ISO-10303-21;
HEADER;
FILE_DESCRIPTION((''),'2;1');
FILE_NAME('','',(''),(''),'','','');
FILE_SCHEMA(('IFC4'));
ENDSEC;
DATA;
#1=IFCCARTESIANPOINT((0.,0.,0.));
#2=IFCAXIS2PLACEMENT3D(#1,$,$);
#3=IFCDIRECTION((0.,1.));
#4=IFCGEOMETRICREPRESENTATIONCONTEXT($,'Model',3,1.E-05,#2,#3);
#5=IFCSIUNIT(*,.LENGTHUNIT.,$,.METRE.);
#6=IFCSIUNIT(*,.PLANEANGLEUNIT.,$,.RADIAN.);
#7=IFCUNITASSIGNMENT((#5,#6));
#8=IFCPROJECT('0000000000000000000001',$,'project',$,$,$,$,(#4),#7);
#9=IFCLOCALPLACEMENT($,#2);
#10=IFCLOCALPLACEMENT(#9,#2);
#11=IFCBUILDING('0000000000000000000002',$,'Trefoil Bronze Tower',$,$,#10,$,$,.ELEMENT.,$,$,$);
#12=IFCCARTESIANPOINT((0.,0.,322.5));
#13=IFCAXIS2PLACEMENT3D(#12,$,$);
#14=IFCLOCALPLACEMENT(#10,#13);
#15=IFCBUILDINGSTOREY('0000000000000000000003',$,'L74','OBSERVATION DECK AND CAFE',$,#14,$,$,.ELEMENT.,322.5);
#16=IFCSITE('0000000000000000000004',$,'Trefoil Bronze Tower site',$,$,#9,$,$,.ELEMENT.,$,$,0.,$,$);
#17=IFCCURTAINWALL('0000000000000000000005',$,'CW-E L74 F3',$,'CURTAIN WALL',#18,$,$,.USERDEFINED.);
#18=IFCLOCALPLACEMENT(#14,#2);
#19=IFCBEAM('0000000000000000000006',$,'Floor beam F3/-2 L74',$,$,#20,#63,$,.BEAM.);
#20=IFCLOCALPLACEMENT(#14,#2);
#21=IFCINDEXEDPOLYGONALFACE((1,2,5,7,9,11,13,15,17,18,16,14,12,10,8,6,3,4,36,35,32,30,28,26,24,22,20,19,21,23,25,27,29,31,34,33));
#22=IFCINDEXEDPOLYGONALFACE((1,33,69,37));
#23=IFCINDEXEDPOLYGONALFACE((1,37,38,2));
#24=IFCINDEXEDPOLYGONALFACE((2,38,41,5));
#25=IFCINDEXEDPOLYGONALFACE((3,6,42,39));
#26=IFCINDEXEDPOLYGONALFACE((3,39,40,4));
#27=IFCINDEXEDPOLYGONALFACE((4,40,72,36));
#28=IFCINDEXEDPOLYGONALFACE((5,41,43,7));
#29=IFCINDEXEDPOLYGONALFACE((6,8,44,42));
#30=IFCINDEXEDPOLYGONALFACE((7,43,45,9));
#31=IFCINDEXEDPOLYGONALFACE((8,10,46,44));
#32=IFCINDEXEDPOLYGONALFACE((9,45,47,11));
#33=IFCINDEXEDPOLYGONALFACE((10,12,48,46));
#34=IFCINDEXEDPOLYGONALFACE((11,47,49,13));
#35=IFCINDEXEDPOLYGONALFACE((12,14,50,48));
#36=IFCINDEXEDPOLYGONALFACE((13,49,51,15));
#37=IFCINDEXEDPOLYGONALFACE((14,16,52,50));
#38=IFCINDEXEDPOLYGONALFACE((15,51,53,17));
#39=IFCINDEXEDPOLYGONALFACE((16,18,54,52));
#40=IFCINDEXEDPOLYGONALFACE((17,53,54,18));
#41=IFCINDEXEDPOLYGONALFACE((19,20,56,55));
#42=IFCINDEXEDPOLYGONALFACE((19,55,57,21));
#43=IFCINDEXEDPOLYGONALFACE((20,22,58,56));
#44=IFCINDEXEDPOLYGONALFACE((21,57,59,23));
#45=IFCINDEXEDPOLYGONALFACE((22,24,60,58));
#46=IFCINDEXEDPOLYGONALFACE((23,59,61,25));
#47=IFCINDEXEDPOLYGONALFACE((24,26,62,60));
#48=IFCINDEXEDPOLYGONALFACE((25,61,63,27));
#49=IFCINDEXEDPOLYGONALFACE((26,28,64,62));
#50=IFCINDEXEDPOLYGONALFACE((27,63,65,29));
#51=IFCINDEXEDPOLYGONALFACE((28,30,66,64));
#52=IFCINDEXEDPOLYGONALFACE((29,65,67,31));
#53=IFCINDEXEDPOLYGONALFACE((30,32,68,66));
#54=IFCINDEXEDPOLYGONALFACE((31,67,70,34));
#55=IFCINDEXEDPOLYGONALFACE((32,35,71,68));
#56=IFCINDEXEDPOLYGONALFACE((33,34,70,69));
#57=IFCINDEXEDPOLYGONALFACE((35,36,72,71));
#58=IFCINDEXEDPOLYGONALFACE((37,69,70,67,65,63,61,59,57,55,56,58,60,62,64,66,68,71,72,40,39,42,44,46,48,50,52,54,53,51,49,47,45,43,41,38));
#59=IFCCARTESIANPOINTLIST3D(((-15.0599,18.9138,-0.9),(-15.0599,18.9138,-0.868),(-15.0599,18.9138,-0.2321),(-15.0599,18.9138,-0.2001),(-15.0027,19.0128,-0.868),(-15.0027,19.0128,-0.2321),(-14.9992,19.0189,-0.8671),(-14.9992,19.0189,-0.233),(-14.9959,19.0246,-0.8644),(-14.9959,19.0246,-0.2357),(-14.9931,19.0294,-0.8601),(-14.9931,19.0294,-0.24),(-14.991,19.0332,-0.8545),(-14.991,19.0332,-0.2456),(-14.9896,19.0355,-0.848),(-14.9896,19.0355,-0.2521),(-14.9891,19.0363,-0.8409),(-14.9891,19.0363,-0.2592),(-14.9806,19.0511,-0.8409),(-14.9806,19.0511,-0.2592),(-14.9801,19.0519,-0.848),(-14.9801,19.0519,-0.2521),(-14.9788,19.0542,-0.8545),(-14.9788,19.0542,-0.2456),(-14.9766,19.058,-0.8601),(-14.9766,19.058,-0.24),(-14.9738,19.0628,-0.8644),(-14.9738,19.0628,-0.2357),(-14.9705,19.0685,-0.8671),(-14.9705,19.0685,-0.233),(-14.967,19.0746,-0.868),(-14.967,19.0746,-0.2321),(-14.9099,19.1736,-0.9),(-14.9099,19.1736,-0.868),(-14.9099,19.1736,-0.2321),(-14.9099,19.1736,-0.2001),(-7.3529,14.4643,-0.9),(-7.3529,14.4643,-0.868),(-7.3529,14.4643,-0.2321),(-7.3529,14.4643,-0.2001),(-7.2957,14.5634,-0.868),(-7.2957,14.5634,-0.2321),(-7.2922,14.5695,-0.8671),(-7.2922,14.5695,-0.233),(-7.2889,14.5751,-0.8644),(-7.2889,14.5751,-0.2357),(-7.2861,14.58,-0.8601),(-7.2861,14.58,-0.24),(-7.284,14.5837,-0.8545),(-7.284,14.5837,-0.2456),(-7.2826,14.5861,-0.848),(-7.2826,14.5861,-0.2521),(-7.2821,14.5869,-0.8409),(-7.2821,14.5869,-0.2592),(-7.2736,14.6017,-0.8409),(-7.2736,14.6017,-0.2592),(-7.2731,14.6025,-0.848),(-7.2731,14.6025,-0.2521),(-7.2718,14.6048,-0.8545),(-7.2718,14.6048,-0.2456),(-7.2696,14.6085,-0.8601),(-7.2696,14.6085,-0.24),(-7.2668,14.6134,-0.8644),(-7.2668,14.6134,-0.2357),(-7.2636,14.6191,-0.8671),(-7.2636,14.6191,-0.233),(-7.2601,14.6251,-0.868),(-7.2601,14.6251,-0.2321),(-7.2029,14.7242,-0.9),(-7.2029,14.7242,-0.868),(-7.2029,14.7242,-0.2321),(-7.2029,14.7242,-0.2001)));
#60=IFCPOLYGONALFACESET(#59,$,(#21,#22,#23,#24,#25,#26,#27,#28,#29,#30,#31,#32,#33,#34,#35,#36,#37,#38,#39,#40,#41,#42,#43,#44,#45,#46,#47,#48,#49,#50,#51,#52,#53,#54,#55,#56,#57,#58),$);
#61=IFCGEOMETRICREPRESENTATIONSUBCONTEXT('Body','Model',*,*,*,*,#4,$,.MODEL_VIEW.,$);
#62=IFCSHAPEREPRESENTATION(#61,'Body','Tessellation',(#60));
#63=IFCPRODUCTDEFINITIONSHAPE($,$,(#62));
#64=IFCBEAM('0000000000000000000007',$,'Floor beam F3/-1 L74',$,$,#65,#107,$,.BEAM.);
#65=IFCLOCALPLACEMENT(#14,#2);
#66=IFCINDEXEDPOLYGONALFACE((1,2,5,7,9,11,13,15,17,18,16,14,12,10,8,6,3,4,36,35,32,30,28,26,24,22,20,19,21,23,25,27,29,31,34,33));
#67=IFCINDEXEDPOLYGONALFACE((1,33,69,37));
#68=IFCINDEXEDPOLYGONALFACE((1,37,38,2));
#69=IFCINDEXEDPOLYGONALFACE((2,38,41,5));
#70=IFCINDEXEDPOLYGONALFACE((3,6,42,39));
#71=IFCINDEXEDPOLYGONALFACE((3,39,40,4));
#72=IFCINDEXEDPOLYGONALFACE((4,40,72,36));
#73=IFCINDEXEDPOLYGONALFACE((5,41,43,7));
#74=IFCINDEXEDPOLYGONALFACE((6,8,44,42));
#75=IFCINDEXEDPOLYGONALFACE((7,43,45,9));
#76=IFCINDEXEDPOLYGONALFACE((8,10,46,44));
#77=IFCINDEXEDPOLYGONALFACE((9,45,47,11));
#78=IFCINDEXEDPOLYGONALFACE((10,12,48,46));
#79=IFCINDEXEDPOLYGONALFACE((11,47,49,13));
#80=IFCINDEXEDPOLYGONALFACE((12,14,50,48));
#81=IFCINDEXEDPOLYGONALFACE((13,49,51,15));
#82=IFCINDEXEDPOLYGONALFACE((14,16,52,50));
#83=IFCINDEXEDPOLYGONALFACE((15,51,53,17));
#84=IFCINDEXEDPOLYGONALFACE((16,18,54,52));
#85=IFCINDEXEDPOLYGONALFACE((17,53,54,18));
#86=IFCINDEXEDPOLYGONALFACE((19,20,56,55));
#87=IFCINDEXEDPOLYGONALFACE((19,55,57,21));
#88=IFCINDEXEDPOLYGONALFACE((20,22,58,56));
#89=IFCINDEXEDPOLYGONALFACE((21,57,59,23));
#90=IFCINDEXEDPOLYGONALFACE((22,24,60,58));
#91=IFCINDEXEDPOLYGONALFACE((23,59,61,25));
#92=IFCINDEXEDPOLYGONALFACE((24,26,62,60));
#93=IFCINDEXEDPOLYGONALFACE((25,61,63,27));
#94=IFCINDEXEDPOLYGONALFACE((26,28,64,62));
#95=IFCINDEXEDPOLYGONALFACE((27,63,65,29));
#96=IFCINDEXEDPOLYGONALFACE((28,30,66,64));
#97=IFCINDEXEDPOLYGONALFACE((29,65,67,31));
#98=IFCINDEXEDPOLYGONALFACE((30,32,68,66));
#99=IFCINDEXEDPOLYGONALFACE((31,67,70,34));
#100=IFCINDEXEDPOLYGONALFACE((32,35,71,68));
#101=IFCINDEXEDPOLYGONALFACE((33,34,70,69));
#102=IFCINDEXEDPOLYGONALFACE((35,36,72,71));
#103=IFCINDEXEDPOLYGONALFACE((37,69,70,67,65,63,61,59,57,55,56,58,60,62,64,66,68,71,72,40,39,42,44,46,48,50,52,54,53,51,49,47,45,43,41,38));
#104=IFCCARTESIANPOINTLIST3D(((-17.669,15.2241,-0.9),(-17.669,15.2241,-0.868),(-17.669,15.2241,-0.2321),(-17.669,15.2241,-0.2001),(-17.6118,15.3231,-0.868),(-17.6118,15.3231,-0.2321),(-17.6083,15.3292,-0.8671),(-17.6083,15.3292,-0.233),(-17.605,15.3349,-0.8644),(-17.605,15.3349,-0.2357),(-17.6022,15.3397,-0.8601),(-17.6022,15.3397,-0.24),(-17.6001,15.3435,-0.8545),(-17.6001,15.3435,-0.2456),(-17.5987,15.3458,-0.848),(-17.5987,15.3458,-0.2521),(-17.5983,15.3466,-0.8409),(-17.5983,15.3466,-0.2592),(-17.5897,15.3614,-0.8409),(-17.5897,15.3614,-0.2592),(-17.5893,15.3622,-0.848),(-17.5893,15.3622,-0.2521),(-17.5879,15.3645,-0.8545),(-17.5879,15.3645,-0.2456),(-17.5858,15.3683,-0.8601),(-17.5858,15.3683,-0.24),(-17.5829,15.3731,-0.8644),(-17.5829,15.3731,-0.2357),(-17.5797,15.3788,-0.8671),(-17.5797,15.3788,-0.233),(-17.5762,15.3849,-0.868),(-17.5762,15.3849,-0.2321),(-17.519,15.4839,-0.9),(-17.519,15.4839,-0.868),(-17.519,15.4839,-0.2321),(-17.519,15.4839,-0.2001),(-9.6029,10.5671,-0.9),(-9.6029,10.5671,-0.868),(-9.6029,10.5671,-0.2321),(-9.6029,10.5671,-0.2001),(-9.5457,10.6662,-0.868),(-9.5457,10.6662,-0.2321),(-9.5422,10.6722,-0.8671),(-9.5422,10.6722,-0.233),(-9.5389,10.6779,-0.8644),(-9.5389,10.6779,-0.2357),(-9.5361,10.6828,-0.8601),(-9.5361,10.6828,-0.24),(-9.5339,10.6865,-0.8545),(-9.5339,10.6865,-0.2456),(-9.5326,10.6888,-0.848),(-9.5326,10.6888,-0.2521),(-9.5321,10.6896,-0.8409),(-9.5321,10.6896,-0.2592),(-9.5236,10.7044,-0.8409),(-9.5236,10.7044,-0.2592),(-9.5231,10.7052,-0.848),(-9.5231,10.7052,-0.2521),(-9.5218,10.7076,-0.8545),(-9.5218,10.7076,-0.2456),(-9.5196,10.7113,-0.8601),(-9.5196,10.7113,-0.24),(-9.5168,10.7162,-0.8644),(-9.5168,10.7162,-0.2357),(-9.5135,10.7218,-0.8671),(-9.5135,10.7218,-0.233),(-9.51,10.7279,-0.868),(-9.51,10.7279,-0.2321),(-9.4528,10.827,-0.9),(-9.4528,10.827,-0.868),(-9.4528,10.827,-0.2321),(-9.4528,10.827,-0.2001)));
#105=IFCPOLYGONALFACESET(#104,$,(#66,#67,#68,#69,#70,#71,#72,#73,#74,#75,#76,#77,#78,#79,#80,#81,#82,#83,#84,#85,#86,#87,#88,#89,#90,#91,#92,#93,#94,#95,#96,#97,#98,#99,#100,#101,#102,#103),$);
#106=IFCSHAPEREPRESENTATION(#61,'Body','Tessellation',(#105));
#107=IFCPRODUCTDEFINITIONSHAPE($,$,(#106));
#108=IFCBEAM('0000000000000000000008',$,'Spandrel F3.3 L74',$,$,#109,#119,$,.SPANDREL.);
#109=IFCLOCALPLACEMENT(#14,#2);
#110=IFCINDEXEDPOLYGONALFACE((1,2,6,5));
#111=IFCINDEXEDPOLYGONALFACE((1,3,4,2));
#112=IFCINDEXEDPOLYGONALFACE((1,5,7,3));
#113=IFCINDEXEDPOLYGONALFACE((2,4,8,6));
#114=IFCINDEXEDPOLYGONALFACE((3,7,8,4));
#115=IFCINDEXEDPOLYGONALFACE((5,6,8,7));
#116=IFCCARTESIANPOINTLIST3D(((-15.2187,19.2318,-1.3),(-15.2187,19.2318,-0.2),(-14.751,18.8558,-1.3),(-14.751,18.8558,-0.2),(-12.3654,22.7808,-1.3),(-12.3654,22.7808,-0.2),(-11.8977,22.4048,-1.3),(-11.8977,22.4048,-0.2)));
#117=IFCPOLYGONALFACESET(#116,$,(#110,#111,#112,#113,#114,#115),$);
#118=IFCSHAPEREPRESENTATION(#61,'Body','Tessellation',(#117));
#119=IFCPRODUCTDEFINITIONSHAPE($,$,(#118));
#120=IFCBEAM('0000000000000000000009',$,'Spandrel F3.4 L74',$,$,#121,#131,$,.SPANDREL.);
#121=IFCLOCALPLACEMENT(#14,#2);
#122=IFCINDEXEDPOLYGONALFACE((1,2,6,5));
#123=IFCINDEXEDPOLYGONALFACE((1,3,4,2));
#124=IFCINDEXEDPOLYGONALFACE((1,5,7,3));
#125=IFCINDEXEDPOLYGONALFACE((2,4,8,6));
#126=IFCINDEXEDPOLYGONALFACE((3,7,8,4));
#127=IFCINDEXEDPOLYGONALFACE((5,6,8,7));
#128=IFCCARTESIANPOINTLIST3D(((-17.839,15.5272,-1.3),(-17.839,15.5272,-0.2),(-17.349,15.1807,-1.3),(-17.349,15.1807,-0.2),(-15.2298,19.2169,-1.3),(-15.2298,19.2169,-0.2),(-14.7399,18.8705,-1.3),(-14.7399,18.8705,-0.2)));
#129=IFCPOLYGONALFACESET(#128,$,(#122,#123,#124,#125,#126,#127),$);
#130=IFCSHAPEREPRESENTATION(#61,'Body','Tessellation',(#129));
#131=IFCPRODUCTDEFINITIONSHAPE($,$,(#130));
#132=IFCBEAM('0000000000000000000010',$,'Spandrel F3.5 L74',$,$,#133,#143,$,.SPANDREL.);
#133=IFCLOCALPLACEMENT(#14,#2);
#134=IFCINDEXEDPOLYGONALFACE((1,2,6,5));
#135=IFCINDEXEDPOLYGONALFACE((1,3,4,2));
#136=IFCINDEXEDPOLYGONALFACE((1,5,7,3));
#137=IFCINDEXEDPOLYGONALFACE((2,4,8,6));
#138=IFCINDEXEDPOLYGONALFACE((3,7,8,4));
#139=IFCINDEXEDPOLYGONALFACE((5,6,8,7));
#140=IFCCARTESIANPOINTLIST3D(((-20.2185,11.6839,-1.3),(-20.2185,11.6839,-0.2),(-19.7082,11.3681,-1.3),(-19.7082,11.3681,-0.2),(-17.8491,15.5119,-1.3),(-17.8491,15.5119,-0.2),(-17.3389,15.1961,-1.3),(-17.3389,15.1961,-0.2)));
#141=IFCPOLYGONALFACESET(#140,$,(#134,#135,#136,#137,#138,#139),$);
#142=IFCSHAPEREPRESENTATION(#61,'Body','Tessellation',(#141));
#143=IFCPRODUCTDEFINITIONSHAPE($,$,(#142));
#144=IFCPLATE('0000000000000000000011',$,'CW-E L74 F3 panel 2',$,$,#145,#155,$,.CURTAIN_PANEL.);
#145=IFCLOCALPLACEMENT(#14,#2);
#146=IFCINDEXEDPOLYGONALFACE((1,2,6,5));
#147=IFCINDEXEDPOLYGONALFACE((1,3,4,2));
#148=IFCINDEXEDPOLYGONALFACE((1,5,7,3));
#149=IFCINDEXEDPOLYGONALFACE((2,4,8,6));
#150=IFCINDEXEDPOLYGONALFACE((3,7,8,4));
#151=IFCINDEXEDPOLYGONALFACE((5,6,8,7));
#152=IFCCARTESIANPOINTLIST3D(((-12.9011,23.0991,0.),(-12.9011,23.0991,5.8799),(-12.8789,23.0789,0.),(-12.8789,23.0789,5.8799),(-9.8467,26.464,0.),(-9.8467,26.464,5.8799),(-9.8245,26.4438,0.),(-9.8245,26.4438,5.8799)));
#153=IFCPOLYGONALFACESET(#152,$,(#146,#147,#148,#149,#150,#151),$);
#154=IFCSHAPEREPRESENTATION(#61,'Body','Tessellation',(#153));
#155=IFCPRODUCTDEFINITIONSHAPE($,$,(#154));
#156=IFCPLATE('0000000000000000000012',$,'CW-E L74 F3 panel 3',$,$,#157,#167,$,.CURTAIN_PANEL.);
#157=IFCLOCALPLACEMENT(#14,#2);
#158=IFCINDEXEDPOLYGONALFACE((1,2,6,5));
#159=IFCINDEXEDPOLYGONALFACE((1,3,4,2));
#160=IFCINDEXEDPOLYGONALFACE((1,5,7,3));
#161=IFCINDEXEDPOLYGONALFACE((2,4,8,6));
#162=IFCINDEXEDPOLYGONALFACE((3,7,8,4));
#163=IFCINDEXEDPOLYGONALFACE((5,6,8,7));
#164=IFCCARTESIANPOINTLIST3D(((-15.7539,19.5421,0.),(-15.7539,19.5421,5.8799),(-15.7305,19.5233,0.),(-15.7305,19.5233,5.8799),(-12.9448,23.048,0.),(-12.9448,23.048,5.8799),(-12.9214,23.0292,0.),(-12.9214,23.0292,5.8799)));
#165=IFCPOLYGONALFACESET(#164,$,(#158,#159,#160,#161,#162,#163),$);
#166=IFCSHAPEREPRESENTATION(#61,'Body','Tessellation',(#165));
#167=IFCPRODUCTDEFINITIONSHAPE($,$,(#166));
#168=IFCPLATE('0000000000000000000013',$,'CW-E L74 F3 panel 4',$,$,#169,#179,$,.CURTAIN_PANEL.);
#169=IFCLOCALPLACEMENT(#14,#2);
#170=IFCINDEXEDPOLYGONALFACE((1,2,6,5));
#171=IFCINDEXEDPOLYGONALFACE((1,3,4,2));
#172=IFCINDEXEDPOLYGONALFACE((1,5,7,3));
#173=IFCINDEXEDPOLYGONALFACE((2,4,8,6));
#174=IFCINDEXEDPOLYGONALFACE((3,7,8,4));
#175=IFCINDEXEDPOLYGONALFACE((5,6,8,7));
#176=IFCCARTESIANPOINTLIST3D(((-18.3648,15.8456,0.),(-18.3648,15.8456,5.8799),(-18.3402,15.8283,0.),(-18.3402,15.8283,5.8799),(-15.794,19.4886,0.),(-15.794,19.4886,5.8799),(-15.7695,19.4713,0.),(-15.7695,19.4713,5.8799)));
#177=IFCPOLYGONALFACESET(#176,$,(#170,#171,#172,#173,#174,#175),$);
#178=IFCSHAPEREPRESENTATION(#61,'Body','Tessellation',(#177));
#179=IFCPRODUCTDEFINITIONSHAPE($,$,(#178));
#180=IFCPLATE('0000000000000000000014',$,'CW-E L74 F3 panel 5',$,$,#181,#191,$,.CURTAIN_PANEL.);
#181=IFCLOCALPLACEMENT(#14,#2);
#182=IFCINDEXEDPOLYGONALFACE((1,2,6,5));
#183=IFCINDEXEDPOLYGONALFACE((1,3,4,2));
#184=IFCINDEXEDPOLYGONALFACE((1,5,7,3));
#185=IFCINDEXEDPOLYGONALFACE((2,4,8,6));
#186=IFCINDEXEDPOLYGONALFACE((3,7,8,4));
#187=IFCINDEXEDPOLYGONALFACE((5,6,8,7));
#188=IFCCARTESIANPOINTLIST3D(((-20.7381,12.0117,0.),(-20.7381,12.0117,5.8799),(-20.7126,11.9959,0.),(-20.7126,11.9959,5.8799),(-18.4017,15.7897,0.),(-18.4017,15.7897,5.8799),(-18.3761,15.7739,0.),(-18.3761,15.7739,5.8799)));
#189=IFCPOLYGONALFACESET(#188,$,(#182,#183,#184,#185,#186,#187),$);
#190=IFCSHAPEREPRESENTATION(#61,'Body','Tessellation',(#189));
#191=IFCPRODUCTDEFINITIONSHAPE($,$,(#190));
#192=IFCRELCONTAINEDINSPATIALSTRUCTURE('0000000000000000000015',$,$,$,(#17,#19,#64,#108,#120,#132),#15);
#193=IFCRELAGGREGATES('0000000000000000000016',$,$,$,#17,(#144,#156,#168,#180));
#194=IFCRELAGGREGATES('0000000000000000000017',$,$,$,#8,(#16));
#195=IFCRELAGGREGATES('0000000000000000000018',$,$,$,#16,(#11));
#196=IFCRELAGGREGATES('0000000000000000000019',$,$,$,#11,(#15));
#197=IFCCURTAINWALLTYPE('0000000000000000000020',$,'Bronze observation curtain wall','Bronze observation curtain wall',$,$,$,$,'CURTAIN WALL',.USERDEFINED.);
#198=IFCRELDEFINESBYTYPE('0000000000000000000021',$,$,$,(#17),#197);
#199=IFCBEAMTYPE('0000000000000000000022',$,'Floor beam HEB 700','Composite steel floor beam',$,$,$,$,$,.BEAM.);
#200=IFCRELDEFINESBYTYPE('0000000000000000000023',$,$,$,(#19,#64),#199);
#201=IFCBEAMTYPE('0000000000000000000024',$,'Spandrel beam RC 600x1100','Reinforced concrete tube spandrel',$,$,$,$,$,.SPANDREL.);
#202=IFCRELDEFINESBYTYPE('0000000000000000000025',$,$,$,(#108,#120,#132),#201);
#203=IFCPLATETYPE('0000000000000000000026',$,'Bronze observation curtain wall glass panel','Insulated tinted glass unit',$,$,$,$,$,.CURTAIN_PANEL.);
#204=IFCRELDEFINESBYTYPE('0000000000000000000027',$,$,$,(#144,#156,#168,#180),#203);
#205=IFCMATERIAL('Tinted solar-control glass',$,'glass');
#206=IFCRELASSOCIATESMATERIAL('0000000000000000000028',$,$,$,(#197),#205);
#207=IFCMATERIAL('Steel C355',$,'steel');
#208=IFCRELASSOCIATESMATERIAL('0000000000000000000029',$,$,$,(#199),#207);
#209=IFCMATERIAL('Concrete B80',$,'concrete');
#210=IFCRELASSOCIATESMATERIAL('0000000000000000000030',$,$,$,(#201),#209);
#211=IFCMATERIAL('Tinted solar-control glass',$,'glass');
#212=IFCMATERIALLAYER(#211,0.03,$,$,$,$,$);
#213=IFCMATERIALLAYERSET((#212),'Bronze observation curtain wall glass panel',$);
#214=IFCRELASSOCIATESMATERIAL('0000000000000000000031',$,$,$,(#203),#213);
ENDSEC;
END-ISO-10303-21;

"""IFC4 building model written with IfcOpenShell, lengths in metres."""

from ifc_helpers import new_model, si_unit, direction, frame, origin, origin_2d, place, context, subcontext, project, spatial, rectangle, i_section, extrude, material, layer, layer_set, material_profile, profile_set, type_object, element, aggregate, save


model = new_model("IFC4")

# Units and contexts
model_context = context("Model", 3, precision=1e-05, world=origin(), true_north=direction((0.0, 1.0)))
body_context = subcontext(model_context, "Body", "Model", "MODEL_VIEW")
ifc_project = project(units=[si_unit("LENGTHUNIT", "METRE"), si_unit("PLANEANGLEUNIT", "RADIAN")], contexts=[model_context])

# Site, building, storey
site_placement = place(None, origin())
site = spatial("IfcSite", under=ifc_project, at=site_placement, Name="Trefoil Bronze Tower site", CompositionType="ELEMENT", RefElevation=0.0)
building_placement = place(site_placement, origin())
building = spatial("IfcBuilding", under=site, at=building_placement, Name="Trefoil Bronze Tower", CompositionType="ELEMENT")
storey_placement = place(building_placement, frame((0.0, 0.0, 322.5)))
storey = spatial("IfcBuildingStorey", under=building, at=storey_placement, Name="L74", Description="OBSERVATION DECK AND CAFE", CompositionType="ELEMENT", Elevation=322.5)

# Curtain wall
ifc_material_1 = material(Name="Tinted solar-control glass", Category="glass")
curtain_wall_type = type_object("IfcCurtainWallType", Name="Bronze observation curtain wall", Description="Bronze observation curtain wall", ElementType="CURTAIN WALL", PredefinedType="USERDEFINED", material=ifc_material_1)
curtain_wall_placement = place(storey_placement, origin())
curtain_wall = element("IfcCurtainWall", 1, at=curtain_wall_placement, inside=storey, type_object=curtain_wall_type, Name="CW-E L74 F3", ObjectType="CURTAIN WALL", PredefinedType="USERDEFINED")

# Beams
ifc_material_2 = material(Name="Steel C355", Category="steel")
ifc_material_profile_1 = material_profile(ifc_material_2, i_section(OverallWidth=0.3, OverallDepth=0.7, WebThickness=0.0171, FlangeThickness=0.032, FilletRadius=0.0271, at=origin_2d()), Name="HEB 700")
ifc_profile_set_1 = profile_set([ifc_material_profile_1], Name="Steel C355")
beam_type_1 = type_object("IfcBeamType", Name="Floor beam HEB 700", Description="Composite steel floor beam", PredefinedType="BEAM", material=ifc_profile_set_1)
beam_1_placement = place(storey_placement, frame((-14.9849, 19.0437, -0.55), z_axis=(0.866035, -0.499984, 0.0), x_axis=(0.499984, 0.866035, 0.0)))
element("IfcBeam", 2, at=beam_1_placement, inside=storey, type_object=beam_type_1, Name="Floor beam F3/-2 L74", PredefinedType="BEAM", context=body_context, shape_type="SweptSolid", body=[
    extrude(i_section(OverallWidth=0.3, OverallDepth=0.7, WebThickness=0.0171, FlangeThickness=0.032, FilletRadius=0.0271, at=origin_2d()), origin(), (0.0, 0.0, 1.0), 8.8992),
])
beam_2_placement = place(storey_placement, frame((-17.594, 15.354, -0.55), z_axis=(0.866026, -0.499999, 0.0), x_axis=(0.499999, 0.866026, 0.0)))
element("IfcBeam", 3, at=beam_2_placement, inside=storey, type_object=beam_type_1, Name="Floor beam F3/-1 L74", PredefinedType="BEAM", context=body_context, shape_type="SweptSolid", body=[
    extrude(i_section(OverallWidth=0.3, OverallDepth=0.7, WebThickness=0.0171, FlangeThickness=0.032, FilletRadius=0.0271, at=origin_2d()), origin(), (0.0, 0.0, 1.0), 9.314),
])
ifc_material_3 = material(Name="Concrete B80", Category="concrete")
ifc_material_profile_2 = material_profile(ifc_material_3, rectangle(XDim=0.6001, YDim=1.1001, at=origin_2d()), Name="RC 600x1100")
ifc_profile_set_2 = profile_set([ifc_material_profile_2], Name="Concrete B80")
beam_type_2 = type_object("IfcBeamType", Name="Spandrel beam RC 600x1100", Description="Reinforced concrete tube spandrel", PredefinedType="SPANDREL", material=ifc_profile_set_2)
beam_3_placement = place(storey_placement, frame((-12.1316, 22.5928, -0.75), z_axis=(-0.62657, -0.779365, 0.0), x_axis=(0.779365, -0.62657, 0.0)))
element("IfcBeam", 4, at=beam_3_placement, inside=storey, type_object=beam_type_2, Name="Spandrel F3.3 L74", PredefinedType="SPANDREL", context=body_context, shape_type="SweptSolid", body=[
    extrude(rectangle(XDim=0.6001, YDim=1.1001, at=origin_2d()), origin(), (0.0, 0.0, 1.0), 4.5537),
])
beam_4_placement = place(storey_placement, frame((-14.9849, 19.0437, -0.75), z_axis=(-0.577368, -0.816484, 0.0), x_axis=(0.816484, -0.577368, 0.0)))
element("IfcBeam", 5, at=beam_4_placement, inside=storey, type_object=beam_type_2, Name="Spandrel F3.4 L74", PredefinedType="SPANDREL", context=body_context, shape_type="SweptSolid", body=[
    extrude(rectangle(XDim=0.6001, YDim=1.1001, at=origin_2d()), origin(), (0.0, 0.0, 1.0), 4.519),
])
beam_5_placement = place(storey_placement, frame((-17.594, 15.354, -0.75), z_axis=(-0.526289, -0.850306, 0.0), x_axis=(0.850306, -0.526289, 0.0)))
element("IfcBeam", 6, at=beam_5_placement, inside=storey, type_object=beam_type_2, Name="Spandrel F3.5 L74", PredefinedType="SPANDREL", context=body_context, shape_type="SweptSolid", body=[
    extrude(rectangle(XDim=0.6001, YDim=1.1001, at=origin_2d()), origin(), (0.0, 0.0, 1.0), 4.502),
])

# Plates
ifc_material_4 = material(Name="Tinted solar-control glass", Category="glass")
ifc_layer_1 = layer(ifc_material_4, 0.03)
ifc_layer_set_1 = layer_set([ifc_layer_1], Name="Bronze observation curtain wall glass panel")
plate_type = type_object("IfcPlateType", Name="Bronze observation curtain wall glass panel", Description="Insulated tinted glass unit", PredefinedType="CURTAIN_PANEL", material=ifc_layer_set_1)
plate_1_placement = place(storey_placement, frame((-11.3628, 24.7715, 0.0), z_axis=(0.0, 0.0, 1.0), x_axis=(-0.672115, -0.740447, 0.0)))
plate_1 = element("IfcPlate", 7, at=plate_1_placement, type_object=plate_type, Name="CW-E L74 F3 panel 2", PredefinedType="CURTAIN_PANEL", context=body_context, shape_type="SweptSolid", body=[
    extrude(rectangle(XDim=4.5444, YDim=0.03, at=origin_2d()), origin(), (0.0, 0.0, 1.0), 5.8799),
])
plate_2_placement = place(storey_placement, frame((-14.3376, 21.2856, 0.0), z_axis=(0.0, 0.0, 1.0), x_axis=(-0.625287, -0.780395, 0.0)))
plate_2 = element("IfcPlate", 8, at=plate_2_placement, type_object=plate_type, Name="CW-E L74 F3 panel 3", PredefinedType="CURTAIN_PANEL", context=body_context, shape_type="SweptSolid", body=[
    extrude(rectangle(XDim=4.4924, YDim=0.03, at=origin_2d()), origin(), (0.0, 0.0, 1.0), 5.8799),
])
plate_3_placement = place(storey_placement, frame((-17.0671, 17.6584, 0.0), z_axis=(0.0, 0.0, 1.0), x_axis=(-0.576561, -0.817054, 0.0)))
plate_3 = element("IfcPlate", 9, at=plate_3_placement, type_object=plate_type, Name="CW-E L74 F3 panel 4", PredefinedType="CURTAIN_PANEL", context=body_context, shape_type="SweptSolid", body=[
    extrude(rectangle(XDim=4.4587, YDim=0.03, at=origin_2d()), origin(), (0.0, 0.0, 1.0), 5.8799),
])
plate_4_placement = place(storey_placement, frame((-19.5571, 13.8928, 0.0), z_axis=(0.0, 0.0, 1.0), x_axis=(-0.52598, -0.850497, 0.0)))
plate_4 = element("IfcPlate", 10, at=plate_4_placement, type_object=plate_type, Name="CW-E L74 F3 panel 5", PredefinedType="CURTAIN_PANEL", context=body_context, shape_type="SweptSolid", body=[
    extrude(rectangle(XDim=4.4421, YDim=0.03, at=origin_2d()), origin(), (0.0, 0.0, 1.0), 5.8799),
])
aggregate(curtain_wall, [plate_1, plate_2, plate_3, plate_4])

save(model, "model.ifc")
